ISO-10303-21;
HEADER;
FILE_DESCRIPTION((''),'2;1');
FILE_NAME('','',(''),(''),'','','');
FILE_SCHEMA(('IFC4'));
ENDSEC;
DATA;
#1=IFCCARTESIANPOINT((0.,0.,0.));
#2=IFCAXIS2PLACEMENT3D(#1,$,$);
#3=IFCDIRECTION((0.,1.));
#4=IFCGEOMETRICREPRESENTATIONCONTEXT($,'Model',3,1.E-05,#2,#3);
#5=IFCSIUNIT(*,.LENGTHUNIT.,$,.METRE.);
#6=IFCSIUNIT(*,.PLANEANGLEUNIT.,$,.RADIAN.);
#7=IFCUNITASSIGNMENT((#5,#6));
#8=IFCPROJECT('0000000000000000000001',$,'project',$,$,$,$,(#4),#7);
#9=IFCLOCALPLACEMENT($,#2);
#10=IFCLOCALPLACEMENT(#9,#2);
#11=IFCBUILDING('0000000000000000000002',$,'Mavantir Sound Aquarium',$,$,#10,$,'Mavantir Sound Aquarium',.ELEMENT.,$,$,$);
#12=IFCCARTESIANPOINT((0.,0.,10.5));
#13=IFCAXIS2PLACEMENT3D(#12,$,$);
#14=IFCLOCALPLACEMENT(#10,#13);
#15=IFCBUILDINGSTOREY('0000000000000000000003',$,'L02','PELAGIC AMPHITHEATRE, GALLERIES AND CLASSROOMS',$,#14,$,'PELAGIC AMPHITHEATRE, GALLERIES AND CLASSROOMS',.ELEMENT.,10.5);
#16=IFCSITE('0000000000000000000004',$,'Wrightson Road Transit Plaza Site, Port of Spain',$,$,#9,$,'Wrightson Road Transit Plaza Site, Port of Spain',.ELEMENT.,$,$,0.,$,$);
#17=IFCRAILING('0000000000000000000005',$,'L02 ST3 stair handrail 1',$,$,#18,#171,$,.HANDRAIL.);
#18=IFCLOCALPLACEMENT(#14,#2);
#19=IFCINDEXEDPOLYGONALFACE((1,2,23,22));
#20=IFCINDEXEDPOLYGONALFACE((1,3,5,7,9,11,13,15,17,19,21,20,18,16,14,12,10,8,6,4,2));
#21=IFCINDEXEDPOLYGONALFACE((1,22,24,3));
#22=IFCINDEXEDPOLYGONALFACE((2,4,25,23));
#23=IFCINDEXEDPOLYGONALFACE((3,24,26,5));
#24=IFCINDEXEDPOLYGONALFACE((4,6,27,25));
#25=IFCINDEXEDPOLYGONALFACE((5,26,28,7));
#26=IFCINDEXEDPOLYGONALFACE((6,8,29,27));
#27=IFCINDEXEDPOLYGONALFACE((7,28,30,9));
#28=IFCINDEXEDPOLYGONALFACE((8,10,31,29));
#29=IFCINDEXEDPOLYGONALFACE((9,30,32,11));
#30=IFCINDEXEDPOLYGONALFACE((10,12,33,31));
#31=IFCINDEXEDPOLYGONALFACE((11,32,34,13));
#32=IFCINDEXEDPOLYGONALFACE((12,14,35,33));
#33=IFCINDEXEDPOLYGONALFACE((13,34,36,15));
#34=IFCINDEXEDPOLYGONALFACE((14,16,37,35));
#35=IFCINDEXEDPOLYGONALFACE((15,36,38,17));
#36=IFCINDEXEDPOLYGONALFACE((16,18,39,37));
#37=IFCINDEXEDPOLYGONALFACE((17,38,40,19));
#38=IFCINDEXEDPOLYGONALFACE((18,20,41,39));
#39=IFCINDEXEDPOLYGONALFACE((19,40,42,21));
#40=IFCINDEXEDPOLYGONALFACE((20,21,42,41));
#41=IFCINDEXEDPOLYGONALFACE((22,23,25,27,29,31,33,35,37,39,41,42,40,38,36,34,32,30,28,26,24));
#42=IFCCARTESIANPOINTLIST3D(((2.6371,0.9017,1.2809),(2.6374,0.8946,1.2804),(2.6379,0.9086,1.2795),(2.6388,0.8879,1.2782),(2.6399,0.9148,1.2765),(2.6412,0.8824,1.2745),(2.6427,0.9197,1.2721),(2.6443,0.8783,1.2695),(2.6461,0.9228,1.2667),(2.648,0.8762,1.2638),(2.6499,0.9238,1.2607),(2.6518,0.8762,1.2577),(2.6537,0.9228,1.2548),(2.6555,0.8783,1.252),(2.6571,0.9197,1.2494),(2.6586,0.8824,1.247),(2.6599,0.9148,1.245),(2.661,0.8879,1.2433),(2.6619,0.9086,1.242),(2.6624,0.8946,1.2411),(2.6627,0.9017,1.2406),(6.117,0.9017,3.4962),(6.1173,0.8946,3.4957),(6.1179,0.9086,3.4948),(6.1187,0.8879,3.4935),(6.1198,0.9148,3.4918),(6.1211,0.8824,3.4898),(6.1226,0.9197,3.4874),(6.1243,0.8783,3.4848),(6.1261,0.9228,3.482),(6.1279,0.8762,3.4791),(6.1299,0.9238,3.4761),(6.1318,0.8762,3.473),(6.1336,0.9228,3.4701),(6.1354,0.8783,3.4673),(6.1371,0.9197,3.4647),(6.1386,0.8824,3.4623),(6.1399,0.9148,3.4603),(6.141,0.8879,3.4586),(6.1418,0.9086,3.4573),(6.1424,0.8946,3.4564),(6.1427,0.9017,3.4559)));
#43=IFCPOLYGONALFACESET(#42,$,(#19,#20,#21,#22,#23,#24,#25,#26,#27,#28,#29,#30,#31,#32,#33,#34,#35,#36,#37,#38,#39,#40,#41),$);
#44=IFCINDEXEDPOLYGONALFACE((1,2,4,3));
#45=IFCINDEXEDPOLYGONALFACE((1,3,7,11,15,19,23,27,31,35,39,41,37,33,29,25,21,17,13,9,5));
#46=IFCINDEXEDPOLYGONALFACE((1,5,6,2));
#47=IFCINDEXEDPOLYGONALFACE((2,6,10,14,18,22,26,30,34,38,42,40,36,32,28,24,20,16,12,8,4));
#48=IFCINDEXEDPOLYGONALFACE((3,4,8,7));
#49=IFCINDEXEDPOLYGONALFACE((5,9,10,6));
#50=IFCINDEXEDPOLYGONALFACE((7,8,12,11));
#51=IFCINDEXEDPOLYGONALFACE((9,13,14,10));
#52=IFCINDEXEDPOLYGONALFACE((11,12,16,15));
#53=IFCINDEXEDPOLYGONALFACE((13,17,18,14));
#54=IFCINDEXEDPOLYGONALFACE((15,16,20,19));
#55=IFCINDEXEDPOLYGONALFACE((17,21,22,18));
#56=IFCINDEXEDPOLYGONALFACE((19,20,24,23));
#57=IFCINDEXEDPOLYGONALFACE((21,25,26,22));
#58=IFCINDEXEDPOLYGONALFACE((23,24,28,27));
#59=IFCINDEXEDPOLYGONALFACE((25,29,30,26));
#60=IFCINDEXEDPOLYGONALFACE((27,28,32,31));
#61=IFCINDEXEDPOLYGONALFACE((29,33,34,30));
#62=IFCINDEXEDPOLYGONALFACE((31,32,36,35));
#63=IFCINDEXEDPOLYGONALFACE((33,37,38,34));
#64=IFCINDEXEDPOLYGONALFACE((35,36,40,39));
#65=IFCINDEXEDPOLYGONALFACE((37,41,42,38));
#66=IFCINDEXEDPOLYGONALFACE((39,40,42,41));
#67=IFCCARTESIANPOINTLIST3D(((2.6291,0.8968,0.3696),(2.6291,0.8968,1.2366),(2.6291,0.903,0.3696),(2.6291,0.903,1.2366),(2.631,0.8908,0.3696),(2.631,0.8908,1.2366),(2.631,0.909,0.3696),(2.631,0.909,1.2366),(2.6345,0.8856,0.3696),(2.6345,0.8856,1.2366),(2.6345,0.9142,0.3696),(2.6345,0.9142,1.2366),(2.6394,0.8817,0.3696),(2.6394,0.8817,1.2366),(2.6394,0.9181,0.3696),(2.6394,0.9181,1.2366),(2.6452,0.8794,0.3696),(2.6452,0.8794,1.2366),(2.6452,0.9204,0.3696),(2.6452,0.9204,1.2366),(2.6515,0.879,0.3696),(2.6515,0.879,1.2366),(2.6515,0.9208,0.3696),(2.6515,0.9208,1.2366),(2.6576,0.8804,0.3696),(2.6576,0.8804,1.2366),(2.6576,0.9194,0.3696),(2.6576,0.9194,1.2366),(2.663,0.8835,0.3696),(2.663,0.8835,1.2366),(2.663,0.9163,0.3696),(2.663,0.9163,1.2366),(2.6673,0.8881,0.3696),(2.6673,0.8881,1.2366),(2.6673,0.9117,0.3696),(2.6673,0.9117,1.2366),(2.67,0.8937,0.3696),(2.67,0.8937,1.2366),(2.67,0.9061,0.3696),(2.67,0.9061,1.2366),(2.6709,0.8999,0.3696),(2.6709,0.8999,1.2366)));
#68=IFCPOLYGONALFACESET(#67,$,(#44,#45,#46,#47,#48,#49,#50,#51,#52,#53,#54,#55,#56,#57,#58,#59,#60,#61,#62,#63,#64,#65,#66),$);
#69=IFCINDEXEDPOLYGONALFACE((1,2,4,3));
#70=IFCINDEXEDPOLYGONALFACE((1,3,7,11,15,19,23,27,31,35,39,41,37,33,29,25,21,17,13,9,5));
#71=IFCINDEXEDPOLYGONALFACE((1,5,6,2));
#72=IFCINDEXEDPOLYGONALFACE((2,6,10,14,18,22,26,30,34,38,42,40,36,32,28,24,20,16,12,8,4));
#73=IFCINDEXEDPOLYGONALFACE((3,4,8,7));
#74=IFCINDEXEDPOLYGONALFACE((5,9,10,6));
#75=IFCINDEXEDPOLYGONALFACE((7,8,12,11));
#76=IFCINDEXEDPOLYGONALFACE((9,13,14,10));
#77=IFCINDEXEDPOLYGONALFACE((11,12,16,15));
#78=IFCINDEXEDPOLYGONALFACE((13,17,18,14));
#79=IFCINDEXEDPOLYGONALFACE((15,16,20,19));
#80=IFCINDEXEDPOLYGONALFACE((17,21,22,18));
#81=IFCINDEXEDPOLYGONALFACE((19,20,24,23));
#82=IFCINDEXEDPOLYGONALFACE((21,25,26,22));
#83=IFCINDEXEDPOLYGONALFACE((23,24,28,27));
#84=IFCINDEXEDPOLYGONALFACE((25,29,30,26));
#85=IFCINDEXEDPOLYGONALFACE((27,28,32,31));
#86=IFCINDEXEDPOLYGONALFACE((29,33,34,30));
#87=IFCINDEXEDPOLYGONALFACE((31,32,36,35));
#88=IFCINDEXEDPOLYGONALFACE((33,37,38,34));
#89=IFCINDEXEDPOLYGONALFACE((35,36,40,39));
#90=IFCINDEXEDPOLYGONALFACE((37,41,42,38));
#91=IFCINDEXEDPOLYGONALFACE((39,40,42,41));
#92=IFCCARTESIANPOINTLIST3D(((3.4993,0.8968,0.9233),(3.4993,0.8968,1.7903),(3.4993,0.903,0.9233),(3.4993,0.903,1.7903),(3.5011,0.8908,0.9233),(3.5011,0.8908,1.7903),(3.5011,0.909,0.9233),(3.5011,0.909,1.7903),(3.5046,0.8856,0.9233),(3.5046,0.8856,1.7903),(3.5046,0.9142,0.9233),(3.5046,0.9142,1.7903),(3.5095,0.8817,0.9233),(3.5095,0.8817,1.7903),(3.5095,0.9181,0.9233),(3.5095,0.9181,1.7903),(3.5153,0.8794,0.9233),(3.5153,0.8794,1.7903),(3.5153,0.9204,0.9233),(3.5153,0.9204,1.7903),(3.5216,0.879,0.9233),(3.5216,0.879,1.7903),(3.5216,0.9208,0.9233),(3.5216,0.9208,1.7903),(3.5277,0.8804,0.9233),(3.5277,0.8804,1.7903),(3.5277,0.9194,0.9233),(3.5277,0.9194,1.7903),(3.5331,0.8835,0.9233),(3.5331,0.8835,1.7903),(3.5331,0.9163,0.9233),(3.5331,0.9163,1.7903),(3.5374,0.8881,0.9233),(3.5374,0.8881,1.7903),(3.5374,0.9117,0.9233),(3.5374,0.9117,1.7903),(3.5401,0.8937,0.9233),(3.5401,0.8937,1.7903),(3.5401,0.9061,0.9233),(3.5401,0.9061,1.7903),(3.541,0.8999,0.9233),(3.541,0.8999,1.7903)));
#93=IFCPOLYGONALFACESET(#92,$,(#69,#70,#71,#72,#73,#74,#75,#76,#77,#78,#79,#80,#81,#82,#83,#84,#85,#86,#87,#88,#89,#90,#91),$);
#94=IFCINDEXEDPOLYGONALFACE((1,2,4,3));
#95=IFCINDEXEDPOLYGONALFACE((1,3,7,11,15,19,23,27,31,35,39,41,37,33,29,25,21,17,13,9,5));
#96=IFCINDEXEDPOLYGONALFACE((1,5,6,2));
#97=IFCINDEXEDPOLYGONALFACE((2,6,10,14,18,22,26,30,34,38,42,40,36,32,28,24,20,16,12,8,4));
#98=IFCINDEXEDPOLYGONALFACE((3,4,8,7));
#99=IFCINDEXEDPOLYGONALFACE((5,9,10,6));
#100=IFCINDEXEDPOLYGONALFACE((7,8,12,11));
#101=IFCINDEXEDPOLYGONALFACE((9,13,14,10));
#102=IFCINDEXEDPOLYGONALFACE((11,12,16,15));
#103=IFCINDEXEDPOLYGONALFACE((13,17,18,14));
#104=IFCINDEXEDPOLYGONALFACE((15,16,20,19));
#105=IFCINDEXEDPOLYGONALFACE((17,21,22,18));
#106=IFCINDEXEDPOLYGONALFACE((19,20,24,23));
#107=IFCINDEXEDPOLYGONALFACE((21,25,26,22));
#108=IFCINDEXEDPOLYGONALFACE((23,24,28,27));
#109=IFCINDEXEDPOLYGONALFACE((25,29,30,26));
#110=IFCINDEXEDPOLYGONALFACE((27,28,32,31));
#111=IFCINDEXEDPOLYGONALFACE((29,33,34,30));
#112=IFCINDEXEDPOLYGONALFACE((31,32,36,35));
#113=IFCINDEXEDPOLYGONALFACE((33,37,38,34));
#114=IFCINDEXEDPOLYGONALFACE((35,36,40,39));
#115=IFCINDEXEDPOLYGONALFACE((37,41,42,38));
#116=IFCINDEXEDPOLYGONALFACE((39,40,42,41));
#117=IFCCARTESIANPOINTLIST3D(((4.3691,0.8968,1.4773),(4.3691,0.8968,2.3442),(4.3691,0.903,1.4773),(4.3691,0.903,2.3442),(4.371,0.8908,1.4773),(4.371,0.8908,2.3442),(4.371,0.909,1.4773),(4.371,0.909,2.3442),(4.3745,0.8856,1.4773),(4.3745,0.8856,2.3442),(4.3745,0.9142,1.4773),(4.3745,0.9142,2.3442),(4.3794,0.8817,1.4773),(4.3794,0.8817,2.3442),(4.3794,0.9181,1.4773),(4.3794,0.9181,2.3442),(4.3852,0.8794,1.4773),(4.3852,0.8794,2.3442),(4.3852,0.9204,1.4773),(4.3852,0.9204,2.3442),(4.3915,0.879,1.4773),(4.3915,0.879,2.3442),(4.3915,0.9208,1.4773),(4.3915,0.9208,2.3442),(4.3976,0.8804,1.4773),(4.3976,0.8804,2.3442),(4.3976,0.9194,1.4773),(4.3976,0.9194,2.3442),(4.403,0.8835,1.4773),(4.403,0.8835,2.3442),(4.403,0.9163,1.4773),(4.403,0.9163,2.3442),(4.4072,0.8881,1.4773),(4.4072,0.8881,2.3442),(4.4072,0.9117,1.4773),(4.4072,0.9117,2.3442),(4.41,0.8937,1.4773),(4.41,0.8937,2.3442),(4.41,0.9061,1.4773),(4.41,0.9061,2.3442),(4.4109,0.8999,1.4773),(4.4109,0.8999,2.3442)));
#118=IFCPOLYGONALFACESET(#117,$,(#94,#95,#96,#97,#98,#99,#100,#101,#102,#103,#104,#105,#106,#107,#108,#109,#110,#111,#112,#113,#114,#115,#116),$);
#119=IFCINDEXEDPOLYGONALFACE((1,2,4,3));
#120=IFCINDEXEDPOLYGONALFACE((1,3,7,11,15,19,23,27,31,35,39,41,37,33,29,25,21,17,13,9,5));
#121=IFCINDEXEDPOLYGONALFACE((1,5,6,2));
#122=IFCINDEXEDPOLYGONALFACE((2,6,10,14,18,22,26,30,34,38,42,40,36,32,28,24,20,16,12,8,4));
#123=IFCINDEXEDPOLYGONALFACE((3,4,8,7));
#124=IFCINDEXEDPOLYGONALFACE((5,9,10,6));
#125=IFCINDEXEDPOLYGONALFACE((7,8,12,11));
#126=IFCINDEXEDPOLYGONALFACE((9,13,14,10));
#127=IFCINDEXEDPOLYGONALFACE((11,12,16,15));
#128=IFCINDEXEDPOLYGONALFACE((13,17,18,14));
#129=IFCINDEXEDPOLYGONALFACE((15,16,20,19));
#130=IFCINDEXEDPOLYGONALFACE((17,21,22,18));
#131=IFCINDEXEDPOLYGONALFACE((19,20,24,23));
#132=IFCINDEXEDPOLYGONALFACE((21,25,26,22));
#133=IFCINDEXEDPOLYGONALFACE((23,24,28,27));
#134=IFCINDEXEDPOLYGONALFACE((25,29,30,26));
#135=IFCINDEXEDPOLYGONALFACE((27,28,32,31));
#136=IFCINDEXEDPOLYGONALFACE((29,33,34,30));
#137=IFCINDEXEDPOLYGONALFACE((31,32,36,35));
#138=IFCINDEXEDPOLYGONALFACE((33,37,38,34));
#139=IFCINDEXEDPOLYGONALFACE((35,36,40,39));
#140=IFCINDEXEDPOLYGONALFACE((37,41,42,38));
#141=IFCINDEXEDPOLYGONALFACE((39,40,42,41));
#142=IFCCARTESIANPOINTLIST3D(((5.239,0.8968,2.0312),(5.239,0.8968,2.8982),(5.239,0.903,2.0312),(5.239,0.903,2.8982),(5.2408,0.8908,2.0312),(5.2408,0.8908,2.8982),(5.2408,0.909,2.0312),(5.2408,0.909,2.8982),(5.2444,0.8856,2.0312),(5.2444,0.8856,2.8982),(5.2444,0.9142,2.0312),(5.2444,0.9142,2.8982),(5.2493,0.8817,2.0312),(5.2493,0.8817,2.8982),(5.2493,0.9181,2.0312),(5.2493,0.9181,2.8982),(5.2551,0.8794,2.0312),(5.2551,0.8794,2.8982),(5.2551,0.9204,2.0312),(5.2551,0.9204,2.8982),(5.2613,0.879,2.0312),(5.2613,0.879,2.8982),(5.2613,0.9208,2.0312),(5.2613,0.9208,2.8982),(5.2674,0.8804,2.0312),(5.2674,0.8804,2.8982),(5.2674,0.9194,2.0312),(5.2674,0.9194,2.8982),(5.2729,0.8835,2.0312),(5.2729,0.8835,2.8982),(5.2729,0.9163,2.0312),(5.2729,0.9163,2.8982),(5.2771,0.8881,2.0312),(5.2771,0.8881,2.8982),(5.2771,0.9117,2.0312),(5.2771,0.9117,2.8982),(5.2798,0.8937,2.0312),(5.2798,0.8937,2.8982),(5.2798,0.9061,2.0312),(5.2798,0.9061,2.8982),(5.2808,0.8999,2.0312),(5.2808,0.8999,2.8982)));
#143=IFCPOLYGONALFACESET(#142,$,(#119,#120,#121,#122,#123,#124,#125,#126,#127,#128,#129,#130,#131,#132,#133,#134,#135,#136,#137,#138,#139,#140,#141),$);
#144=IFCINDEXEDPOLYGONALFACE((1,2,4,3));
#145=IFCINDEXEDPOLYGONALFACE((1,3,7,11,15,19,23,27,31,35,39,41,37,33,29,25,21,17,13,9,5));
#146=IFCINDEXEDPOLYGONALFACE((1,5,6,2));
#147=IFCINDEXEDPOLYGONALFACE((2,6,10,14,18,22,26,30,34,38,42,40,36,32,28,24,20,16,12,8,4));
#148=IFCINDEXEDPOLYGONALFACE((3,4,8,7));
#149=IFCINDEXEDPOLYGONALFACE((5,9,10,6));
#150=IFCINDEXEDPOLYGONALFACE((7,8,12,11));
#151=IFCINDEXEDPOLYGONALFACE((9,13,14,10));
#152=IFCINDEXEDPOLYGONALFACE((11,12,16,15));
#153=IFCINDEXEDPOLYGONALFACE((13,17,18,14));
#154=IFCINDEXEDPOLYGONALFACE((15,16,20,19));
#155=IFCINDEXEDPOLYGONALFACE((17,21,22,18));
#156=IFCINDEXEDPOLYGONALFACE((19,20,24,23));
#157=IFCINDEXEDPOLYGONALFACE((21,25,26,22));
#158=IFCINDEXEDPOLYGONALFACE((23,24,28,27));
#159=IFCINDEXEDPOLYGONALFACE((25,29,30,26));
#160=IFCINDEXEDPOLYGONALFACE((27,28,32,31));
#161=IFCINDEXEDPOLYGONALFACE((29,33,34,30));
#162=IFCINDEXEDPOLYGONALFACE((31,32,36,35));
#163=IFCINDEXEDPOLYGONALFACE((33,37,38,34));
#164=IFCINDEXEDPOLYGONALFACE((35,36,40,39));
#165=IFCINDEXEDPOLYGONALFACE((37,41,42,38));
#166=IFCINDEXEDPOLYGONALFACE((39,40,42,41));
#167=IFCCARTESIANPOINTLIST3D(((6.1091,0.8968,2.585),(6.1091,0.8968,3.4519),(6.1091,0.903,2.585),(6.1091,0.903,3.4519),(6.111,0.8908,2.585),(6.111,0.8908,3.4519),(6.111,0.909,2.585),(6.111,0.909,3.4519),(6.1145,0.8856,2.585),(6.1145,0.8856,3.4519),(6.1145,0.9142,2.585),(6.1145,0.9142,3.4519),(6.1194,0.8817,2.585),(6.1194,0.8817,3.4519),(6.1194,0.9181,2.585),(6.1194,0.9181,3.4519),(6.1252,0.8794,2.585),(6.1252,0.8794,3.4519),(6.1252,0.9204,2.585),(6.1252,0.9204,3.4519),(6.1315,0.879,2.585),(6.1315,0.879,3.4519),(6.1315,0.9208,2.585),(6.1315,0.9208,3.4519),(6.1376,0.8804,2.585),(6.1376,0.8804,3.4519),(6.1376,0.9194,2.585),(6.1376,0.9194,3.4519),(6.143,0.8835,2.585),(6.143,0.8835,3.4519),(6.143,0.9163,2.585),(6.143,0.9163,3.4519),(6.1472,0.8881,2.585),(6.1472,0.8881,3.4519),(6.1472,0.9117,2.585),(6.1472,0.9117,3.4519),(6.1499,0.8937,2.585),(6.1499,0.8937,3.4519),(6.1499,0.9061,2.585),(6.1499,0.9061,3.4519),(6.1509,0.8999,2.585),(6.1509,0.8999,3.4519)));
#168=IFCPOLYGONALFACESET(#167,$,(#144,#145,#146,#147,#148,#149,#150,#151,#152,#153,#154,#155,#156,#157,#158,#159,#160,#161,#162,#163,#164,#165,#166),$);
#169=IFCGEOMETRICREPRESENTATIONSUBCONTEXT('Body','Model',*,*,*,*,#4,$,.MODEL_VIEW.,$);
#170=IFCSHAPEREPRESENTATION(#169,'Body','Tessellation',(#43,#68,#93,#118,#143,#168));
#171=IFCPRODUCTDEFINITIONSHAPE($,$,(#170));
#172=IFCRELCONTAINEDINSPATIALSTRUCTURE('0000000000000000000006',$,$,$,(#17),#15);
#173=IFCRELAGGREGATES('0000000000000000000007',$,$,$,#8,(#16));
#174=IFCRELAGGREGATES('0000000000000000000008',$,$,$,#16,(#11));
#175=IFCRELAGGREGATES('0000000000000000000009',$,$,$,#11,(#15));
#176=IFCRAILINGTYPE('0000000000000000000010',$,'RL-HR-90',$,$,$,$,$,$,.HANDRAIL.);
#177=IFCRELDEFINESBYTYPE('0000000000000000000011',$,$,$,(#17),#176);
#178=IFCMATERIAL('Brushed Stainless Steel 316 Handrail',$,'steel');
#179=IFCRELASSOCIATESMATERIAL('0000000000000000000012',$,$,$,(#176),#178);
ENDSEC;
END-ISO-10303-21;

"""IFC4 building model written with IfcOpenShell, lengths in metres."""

from ifc_helpers import new_model, si_unit, direction, frame, origin, origin_2d, place, context, subcontext, project, spatial, circle, extrude, material, type_object, element, save


model = new_model("IFC4")

# Units and contexts
model_context = context("Model", 3, precision=1e-05, world=origin(), true_north=direction((0.0, 1.0)))
body_context = subcontext(model_context, "Body", "Model", "MODEL_VIEW")
ifc_project = project(units=[si_unit("LENGTHUNIT", "METRE"), si_unit("PLANEANGLEUNIT", "RADIAN")], contexts=[model_context])

# Site, building, storey
site_placement = place(None, origin())
site = spatial("IfcSite", under=ifc_project, at=site_placement, Name="Wrightson Road Transit Plaza Site, Port of Spain", LongName="Wrightson Road Transit Plaza Site, Port of Spain", CompositionType="ELEMENT", RefElevation=0.0)
building_placement = place(site_placement, origin())
building = spatial("IfcBuilding", under=site, at=building_placement, Name="Mavantir Sound Aquarium", LongName="Mavantir Sound Aquarium", CompositionType="ELEMENT")
storey_placement = place(building_placement, frame((0.0, 0.0, 10.5)))
storey = spatial("IfcBuildingStorey", under=building, at=storey_placement, Name="L02", Description="PELAGIC AMPHITHEATRE, GALLERIES AND CLASSROOMS", LongName="PELAGIC AMPHITHEATRE, GALLERIES AND CLASSROOMS", CompositionType="ELEMENT", Elevation=10.5)

# Railing
ifc_material_1 = material(Name="Brushed Stainless Steel 316 Handrail", Category="steel")
railing_type_1 = type_object("IfcRailingType", Name="RL-HR-90", PredefinedType="HANDRAIL", material=ifc_material_1)
railing_1_placement = place(storey_placement, frame((2.6499, 0.8999, 0.3696)))
element("IfcRailing", 1, at=railing_1_placement, inside=storey, type_object=railing_type_1, Name="L02 ST3 stair handrail 1", PredefinedType="HANDRAIL", context=body_context, shape_type="SweptSolid", body=[
    extrude(circle(Radius=0.0239, at=origin_2d()), frame((0.0, 0.0, 0.8911), z_axis=(0.843574, 0.0, 0.537013), x_axis=(0.0, 1.0, 0.0)), (0.0, 0.0, 1.0), 4.1252),
    extrude(circle(Radius=0.021, at=origin_2d()), origin(), (0.0, 0.0, 1.0), 0.8669),
    extrude(circle(Radius=0.021, at=origin_2d()), frame((0.8701, 0.0, 0.5537)), (0.0, 0.0, 1.0), 0.8669),
    extrude(circle(Radius=0.021, at=origin_2d()), frame((1.74, 0.0, 1.1077)), (0.0, 0.0, 1.0), 0.8669),
    extrude(circle(Radius=0.021, at=origin_2d()), frame((2.6099, 0.0, 1.6616)), (0.0, 0.0, 1.0), 0.8669),
    extrude(circle(Radius=0.021, at=origin_2d()), frame((3.48, 0.0, 2.2153)), (0.0, 0.0, 1.0), 0.8669),
])

save(model, "model.ifc")
